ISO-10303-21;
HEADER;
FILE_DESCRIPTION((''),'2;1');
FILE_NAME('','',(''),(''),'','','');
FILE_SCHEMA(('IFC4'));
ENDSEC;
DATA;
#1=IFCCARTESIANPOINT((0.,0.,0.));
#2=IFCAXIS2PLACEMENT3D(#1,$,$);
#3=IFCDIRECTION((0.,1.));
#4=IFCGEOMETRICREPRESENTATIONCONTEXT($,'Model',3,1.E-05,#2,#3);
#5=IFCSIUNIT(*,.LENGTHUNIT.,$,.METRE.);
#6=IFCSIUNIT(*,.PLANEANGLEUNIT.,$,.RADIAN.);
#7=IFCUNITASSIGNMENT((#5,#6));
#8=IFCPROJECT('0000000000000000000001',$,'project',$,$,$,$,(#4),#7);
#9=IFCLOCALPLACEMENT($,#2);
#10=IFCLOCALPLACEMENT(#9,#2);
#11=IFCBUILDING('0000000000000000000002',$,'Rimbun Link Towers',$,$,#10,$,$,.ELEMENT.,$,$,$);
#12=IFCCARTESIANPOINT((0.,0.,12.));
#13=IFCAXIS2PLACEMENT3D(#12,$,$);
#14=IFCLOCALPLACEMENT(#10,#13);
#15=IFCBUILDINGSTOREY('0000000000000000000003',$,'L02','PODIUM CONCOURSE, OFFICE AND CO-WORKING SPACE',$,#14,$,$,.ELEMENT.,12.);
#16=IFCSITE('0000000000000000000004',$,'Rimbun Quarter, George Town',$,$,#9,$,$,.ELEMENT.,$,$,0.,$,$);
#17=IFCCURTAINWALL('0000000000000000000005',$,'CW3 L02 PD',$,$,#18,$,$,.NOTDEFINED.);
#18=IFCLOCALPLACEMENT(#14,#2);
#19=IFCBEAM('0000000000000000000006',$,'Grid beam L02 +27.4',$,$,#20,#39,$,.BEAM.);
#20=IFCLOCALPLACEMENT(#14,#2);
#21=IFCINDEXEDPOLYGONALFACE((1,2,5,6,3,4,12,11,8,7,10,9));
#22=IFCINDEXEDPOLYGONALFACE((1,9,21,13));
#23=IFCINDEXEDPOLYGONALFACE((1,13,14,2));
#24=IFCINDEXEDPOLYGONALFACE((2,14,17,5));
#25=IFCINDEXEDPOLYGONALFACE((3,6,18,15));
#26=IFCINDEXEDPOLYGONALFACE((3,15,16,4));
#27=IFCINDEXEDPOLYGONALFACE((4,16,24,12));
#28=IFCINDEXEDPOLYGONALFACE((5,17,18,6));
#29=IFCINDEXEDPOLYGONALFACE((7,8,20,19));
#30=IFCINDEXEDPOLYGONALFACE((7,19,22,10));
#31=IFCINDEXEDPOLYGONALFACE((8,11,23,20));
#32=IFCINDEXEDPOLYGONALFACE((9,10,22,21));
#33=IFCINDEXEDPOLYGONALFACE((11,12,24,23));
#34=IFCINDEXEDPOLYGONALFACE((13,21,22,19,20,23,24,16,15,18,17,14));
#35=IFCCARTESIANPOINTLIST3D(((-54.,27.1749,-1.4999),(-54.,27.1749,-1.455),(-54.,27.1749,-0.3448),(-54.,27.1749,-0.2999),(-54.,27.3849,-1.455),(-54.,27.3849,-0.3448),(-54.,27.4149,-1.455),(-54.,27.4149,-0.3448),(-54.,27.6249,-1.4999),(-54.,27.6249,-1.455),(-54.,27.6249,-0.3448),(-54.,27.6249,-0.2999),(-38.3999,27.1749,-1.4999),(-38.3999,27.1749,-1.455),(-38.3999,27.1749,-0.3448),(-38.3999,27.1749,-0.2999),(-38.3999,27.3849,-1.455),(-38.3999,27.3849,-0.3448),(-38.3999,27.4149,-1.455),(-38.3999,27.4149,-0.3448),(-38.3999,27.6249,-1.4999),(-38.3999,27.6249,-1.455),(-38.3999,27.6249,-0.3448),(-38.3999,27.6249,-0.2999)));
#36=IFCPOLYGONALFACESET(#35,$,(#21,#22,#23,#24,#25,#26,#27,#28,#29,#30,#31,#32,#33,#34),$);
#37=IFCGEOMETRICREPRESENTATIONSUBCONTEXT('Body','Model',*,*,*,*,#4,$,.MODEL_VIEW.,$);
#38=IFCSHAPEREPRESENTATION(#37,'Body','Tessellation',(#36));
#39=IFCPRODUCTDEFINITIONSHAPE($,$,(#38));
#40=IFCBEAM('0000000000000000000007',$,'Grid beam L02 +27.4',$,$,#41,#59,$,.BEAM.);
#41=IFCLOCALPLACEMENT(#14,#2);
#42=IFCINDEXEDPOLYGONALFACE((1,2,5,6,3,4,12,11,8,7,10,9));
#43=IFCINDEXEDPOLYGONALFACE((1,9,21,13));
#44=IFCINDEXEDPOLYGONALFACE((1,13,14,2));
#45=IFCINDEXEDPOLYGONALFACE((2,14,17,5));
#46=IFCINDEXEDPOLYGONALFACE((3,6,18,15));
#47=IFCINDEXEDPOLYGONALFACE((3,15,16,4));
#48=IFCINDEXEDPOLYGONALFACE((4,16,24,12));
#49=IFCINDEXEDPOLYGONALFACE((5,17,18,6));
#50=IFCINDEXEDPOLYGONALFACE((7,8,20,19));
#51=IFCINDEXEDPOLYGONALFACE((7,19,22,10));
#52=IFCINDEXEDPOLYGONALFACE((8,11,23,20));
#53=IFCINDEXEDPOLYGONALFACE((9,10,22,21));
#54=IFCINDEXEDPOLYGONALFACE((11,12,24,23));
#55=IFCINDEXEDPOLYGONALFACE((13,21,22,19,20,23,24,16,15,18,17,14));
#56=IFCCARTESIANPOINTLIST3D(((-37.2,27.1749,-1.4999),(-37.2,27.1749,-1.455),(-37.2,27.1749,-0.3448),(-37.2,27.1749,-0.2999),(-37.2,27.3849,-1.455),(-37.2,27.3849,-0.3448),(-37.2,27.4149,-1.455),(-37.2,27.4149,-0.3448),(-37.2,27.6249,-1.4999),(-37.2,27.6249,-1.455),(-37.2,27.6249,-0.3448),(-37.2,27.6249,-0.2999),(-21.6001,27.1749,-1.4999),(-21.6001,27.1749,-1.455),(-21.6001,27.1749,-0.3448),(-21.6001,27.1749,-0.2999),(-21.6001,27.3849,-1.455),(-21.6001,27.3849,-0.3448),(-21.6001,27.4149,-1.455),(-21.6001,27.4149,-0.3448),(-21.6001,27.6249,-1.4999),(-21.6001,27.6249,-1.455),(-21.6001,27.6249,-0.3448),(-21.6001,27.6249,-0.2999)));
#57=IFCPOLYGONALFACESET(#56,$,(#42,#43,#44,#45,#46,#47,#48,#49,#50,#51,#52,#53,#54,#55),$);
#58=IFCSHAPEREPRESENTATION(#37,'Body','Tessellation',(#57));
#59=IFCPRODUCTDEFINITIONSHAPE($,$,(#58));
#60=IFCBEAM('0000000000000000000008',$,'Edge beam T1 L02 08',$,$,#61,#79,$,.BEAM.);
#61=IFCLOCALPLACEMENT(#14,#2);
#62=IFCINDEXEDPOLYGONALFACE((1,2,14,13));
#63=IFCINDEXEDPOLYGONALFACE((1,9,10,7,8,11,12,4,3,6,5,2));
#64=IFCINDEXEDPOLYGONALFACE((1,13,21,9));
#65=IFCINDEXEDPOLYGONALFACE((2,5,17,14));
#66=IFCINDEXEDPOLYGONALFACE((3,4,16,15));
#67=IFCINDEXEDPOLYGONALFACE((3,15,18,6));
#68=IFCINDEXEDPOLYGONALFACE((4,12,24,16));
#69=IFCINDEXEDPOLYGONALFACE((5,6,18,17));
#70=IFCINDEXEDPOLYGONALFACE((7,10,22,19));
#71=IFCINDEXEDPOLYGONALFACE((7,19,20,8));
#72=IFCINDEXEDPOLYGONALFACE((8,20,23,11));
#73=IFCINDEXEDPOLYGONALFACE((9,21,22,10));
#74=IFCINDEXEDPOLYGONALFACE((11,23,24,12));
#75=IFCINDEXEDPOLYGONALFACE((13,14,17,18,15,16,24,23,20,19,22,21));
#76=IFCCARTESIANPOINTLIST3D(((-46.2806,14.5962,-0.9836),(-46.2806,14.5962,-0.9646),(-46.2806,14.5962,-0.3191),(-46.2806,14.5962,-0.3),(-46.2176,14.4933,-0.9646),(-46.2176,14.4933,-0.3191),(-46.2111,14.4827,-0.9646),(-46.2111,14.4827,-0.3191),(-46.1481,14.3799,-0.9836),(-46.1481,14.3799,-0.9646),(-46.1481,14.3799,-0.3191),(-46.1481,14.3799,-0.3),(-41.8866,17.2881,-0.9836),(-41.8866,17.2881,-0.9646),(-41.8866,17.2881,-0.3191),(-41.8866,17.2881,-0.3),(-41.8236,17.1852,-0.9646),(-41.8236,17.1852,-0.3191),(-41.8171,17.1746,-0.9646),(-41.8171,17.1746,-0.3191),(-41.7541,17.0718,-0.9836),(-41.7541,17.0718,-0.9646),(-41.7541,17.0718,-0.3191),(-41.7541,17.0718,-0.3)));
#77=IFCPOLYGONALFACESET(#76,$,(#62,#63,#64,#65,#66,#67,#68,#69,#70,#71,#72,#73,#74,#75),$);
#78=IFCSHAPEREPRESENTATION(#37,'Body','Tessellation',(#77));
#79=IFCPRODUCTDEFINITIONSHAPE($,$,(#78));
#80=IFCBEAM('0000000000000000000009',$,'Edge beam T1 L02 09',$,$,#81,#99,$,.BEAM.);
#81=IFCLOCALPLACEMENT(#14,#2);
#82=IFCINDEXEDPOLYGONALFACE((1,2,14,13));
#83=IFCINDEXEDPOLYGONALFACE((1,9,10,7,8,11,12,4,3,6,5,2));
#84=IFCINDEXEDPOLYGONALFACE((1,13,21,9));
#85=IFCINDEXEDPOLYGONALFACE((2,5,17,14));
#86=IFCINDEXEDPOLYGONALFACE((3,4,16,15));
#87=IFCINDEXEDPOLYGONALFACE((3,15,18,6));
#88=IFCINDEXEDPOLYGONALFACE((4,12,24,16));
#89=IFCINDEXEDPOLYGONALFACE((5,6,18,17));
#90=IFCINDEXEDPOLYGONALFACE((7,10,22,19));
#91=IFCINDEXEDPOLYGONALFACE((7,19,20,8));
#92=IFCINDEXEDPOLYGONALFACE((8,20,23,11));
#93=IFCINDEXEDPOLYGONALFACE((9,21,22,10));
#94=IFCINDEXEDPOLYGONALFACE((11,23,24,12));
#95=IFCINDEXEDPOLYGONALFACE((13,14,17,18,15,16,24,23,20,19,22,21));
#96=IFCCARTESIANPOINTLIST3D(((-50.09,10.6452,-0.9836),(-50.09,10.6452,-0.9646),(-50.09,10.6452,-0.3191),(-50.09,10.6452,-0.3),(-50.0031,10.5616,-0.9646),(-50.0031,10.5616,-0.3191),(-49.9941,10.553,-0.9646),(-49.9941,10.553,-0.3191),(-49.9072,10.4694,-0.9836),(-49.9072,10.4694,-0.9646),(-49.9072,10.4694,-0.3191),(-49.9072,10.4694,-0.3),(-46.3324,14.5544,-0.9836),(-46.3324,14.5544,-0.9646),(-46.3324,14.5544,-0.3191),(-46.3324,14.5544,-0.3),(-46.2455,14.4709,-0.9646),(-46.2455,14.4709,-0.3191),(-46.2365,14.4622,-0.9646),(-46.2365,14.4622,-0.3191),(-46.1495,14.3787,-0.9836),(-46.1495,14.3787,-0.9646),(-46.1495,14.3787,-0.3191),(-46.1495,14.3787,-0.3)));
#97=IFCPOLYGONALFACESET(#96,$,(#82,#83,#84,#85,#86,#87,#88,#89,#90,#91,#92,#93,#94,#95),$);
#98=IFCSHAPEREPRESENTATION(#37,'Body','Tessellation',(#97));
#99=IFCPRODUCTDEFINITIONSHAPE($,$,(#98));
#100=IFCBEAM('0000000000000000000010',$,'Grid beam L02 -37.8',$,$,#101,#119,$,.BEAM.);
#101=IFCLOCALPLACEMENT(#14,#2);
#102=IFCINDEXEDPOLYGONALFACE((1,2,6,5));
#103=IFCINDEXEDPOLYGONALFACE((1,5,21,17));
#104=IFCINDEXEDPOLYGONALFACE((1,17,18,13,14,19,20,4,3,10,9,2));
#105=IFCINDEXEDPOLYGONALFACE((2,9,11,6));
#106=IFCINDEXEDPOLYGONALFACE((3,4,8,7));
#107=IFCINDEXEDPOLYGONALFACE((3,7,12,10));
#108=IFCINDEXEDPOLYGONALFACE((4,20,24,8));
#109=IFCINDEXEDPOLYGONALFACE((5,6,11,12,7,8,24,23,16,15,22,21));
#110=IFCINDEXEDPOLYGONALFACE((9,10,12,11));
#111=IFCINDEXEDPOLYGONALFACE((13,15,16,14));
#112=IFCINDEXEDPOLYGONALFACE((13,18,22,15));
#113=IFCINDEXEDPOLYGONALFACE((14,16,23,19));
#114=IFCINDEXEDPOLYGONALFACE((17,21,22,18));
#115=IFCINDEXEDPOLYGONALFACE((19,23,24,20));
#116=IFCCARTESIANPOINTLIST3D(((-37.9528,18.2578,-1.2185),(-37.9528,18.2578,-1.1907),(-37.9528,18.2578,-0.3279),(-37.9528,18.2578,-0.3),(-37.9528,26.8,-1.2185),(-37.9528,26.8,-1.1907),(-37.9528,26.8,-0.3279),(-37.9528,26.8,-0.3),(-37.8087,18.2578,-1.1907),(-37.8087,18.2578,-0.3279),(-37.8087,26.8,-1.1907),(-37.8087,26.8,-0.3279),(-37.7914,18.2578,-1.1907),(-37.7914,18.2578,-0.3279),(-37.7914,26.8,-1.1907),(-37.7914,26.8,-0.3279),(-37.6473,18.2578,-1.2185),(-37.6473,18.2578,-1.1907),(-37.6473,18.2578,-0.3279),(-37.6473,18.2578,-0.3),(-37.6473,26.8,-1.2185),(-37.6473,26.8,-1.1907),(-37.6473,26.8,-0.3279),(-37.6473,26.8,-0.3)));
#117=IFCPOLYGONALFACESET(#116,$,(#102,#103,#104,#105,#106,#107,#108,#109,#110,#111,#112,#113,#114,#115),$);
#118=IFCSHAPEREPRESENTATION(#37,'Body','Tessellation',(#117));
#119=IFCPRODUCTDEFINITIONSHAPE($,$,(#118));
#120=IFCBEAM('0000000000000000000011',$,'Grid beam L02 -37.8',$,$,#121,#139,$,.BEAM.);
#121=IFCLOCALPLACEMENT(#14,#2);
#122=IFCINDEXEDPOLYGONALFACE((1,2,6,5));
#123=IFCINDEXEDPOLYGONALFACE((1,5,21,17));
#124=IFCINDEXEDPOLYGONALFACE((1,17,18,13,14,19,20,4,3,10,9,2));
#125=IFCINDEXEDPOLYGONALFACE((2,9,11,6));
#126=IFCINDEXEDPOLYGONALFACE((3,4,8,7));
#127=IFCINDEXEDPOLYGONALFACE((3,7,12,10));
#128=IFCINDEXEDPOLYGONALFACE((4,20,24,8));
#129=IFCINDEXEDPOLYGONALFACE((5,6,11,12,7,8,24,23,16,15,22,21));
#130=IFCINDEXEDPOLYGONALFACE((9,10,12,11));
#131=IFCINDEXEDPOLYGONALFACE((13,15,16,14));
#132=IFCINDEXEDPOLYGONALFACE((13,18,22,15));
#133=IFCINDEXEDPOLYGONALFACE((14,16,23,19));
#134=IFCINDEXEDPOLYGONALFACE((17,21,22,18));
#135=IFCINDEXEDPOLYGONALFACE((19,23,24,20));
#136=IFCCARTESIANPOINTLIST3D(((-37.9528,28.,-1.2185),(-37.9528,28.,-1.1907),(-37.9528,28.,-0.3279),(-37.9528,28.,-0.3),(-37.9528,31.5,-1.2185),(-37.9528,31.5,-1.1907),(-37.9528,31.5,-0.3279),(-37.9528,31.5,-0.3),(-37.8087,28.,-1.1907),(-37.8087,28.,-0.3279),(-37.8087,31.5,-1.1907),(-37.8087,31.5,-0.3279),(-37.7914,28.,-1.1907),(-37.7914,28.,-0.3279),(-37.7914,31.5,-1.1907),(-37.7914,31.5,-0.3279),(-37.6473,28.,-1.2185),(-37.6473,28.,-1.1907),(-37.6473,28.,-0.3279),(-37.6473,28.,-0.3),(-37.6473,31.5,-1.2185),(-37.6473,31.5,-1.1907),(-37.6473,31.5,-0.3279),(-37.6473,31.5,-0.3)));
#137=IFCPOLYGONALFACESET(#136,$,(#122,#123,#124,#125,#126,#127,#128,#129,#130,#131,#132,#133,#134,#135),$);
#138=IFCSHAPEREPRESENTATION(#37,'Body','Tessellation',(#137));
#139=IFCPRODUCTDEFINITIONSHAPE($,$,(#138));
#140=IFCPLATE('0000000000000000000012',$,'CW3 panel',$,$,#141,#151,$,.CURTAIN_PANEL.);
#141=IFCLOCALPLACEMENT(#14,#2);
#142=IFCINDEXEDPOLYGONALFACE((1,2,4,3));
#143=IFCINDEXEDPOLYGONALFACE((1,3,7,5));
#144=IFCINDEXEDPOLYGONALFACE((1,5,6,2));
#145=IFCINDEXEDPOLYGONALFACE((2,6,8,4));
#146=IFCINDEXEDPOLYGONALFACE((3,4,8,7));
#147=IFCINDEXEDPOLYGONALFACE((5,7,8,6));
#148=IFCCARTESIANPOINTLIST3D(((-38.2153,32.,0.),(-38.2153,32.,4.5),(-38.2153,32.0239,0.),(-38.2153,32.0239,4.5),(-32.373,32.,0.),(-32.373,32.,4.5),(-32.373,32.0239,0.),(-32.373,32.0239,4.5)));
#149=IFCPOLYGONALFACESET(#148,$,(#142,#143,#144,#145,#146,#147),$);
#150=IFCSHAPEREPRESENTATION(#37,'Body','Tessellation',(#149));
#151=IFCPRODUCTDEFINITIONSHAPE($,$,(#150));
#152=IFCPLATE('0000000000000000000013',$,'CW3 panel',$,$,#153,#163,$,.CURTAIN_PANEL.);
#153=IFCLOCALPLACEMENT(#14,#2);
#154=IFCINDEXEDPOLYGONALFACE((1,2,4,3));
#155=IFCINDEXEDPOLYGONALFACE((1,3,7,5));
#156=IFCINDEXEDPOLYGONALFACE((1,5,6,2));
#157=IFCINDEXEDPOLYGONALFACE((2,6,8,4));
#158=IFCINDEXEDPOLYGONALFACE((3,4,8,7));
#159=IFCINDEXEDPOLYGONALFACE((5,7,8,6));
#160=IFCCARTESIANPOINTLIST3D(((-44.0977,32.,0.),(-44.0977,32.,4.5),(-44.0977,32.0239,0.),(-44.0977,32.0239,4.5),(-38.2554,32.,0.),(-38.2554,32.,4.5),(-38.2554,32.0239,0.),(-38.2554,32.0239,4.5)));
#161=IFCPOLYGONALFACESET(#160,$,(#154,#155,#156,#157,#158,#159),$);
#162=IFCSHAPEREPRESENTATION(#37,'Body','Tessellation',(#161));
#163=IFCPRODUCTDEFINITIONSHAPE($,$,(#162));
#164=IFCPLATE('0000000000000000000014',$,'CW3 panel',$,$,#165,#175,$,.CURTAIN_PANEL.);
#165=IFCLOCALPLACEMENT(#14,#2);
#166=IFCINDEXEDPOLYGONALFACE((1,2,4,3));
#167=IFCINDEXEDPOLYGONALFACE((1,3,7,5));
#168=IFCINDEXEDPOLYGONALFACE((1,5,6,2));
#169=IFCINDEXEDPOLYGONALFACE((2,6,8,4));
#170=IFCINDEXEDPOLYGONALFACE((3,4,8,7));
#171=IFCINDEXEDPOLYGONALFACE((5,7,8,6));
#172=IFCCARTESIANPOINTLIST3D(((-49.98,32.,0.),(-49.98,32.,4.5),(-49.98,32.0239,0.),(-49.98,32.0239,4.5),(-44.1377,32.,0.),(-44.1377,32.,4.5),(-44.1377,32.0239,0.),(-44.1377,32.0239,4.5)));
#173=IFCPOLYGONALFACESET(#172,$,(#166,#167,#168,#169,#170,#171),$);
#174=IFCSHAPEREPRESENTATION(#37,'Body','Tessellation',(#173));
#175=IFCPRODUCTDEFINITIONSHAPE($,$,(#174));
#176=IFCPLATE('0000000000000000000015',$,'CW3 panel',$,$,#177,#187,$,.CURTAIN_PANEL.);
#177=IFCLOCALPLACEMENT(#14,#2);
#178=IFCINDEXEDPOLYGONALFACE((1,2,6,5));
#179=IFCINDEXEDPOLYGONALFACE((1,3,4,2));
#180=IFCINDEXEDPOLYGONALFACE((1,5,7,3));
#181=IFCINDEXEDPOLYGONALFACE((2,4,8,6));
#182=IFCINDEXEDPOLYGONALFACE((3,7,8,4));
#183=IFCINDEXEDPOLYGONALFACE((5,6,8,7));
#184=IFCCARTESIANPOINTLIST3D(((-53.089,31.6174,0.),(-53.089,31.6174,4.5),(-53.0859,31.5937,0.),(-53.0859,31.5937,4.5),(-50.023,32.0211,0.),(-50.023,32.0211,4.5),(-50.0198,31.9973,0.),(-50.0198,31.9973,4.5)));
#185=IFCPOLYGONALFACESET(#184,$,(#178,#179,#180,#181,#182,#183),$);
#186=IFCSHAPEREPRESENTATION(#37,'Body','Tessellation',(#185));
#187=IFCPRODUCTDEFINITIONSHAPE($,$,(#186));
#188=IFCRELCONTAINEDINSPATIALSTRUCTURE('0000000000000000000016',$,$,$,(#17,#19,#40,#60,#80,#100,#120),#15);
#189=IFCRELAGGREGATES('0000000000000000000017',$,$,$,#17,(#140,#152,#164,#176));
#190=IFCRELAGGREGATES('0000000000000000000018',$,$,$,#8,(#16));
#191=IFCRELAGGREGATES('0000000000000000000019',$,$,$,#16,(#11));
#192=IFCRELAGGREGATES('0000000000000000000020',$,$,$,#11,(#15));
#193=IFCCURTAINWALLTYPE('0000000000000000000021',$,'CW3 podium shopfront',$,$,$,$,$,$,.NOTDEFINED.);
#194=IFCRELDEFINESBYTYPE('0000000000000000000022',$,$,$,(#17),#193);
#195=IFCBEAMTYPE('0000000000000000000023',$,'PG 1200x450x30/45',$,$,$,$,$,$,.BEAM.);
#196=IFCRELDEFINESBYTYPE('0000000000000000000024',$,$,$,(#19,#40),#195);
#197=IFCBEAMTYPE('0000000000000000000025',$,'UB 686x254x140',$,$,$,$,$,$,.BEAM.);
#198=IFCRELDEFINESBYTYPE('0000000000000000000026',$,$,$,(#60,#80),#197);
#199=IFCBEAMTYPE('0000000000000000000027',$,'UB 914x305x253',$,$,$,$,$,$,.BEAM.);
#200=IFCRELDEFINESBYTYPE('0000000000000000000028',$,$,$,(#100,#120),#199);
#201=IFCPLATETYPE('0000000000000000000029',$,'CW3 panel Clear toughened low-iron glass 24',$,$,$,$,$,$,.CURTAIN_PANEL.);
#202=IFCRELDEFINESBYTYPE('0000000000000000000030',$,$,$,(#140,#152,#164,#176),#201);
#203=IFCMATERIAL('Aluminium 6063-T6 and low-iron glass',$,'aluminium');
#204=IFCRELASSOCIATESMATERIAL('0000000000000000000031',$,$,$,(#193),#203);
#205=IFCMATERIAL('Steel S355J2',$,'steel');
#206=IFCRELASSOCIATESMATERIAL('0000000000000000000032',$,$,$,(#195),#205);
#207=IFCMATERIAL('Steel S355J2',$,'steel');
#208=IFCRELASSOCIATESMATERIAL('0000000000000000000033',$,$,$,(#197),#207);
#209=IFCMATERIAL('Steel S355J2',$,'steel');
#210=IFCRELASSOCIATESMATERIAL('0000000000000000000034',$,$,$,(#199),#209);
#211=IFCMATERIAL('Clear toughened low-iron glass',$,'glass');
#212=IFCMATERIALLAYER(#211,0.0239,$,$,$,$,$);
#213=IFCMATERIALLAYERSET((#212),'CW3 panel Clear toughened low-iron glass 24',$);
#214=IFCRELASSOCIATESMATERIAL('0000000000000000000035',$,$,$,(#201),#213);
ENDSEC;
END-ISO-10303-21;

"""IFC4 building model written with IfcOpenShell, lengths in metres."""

from ifc_helpers import new_model, si_unit, direction, frame, origin, origin_2d, place, context, subcontext, project, spatial, rectangle, i_section, extrude, material, layer, layer_set, material_profile, profile_set, type_object, element, aggregate, save


model = new_model("IFC4")

# Units and contexts
model_context = context("Model", 3, precision=1e-05, world=origin(), true_north=direction((0.0, 1.0)))
body_context = subcontext(model_context, "Body", "Model", "MODEL_VIEW")
ifc_project = project(units=[si_unit("LENGTHUNIT", "METRE"), si_unit("PLANEANGLEUNIT", "RADIAN")], contexts=[model_context])

# Site, building, storey
site_placement = place(None, origin())
site = spatial("IfcSite", under=ifc_project, at=site_placement, Name="Rimbun Quarter, George Town", CompositionType="ELEMENT", RefElevation=0.0)
building_placement = place(site_placement, origin())
building = spatial("IfcBuilding", under=site, at=building_placement, Name="Rimbun Link Towers", CompositionType="ELEMENT")
storey_placement = place(building_placement, frame((0.0, 0.0, 12.0)))
storey = spatial("IfcBuildingStorey", under=building, at=storey_placement, Name="L02", Description="PODIUM CONCOURSE, OFFICE AND CO-WORKING SPACE", CompositionType="ELEMENT", Elevation=12.0)

# Curtain wall
ifc_material_1 = material(Name="Aluminium 6063-T6 and low-iron glass", Category="aluminium")
curtain_wall_type = type_object("IfcCurtainWallType", Name="CW3 podium shopfront", PredefinedType="NOTDEFINED", material=ifc_material_1)
curtain_wall_placement = place(storey_placement, origin())
curtain_wall = element("IfcCurtainWall", 1, at=curtain_wall_placement, inside=storey, type_object=curtain_wall_type, Name="CW3 L02 PD", PredefinedType="NOTDEFINED")

# Beams
ifc_material_2 = material(Name="Steel S355J2", Category="steel")
ifc_material_profile_1 = material_profile(ifc_material_2, i_section(OverallWidth=0.45, OverallDepth=1.2, WebThickness=0.03, FlangeThickness=0.0449, at=origin_2d()), Name="PG 1200x450x30/45")
ifc_profile_set_1 = profile_set([ifc_material_profile_1], Name="Steel S355J2")
beam_type_1 = type_object("IfcBeamType", Name="PG 1200x450x30/45", PredefinedType="BEAM", material=ifc_profile_set_1)
beam_1_placement = place(storey_placement, frame((-54.0, 27.3999, -0.8999), z_axis=(1.0, 0.0, 0.0), x_axis=(0.0, 1.0, 0.0)))
element("IfcBeam", 2, at=beam_1_placement, inside=storey, type_object=beam_type_1, Name="Grid beam L02 +27.4", PredefinedType="BEAM", context=body_context, shape_type="SweptSolid", body=[
    extrude(i_section(OverallWidth=0.45, OverallDepth=1.2, WebThickness=0.03, FlangeThickness=0.0449, at=origin_2d()), origin(), (0.0, 0.0, 1.0), 15.6001),
])
beam_2_placement = place(storey_placement, frame((-37.2, 27.3999, -0.8999), z_axis=(1.0, 0.0, 0.0), x_axis=(0.0, 1.0, 0.0)))
element("IfcBeam", 3, at=beam_2_placement, inside=storey, type_object=beam_type_1, Name="Grid beam L02 +27.4", PredefinedType="BEAM", context=body_context, shape_type="SweptSolid", body=[
    extrude(i_section(OverallWidth=0.45, OverallDepth=1.2, WebThickness=0.03, FlangeThickness=0.0449, at=origin_2d()), origin(), (0.0, 0.0, 1.0), 15.5999),
])
ifc_material_3 = material(Name="Steel S355J2", Category="steel")
ifc_material_profile_2 = material_profile(ifc_material_3, i_section(OverallWidth=0.2537, OverallDepth=0.6836, WebThickness=0.0125, FlangeThickness=0.019, at=origin_2d()), Name="UB 686x254x140")
ifc_profile_set_2 = profile_set([ifc_material_profile_2], Name="Steel S355J2")
beam_type_2 = type_object("IfcBeamType", Name="UB 686x254x140", PredefinedType="BEAM", material=ifc_profile_set_2)
beam_3_placement = place(storey_placement, frame((-41.8203, 17.1799, -0.6418), z_axis=(-0.852707, -0.522389, 0.0), x_axis=(0.522389, -0.852707, 0.0)))
element("IfcBeam", 4, at=beam_3_placement, inside=storey, type_object=beam_type_2, Name="Edge beam T1 L02 08", PredefinedType="BEAM", context=body_context, shape_type="SweptSolid", body=[
    extrude(i_section(OverallWidth=0.2537, OverallDepth=0.6836, WebThickness=0.0125, FlangeThickness=0.019, at=origin_2d()), origin(), (0.0, 0.0, 1.0), 5.1531),
])
beam_4_placement = place(storey_placement, frame((-46.241, 14.4666, -0.6418), z_axis=(-0.692988, -0.720949, 0.0), x_axis=(0.720949, -0.692988, 0.0)))
element("IfcBeam", 5, at=beam_4_placement, inside=storey, type_object=beam_type_2, Name="Edge beam T1 L02 09", PredefinedType="BEAM", context=body_context, shape_type="SweptSolid", body=[
    extrude(i_section(OverallWidth=0.2537, OverallDepth=0.6836, WebThickness=0.0125, FlangeThickness=0.019, at=origin_2d()), origin(), (0.0, 0.0, 1.0), 5.4224),
])
ifc_material_4 = material(Name="Steel S355J2", Category="steel")
ifc_material_profile_3 = material_profile(ifc_material_4, i_section(OverallWidth=0.3054, OverallDepth=0.9185, WebThickness=0.0173, FlangeThickness=0.0278, at=origin_2d()), Name="UB 914x305x253")
ifc_profile_set_3 = profile_set([ifc_material_profile_3], Name="Steel S355J2")
beam_type_3 = type_object("IfcBeamType", Name="UB 914x305x253", PredefinedType="BEAM", material=ifc_profile_set_3)
beam_5_placement = place(storey_placement, frame((-37.8, 18.2578, -0.7593), z_axis=(0.0, 1.0, 0.0), x_axis=(-1.0, 0.0, 0.0)))
element("IfcBeam", 6, at=beam_5_placement, inside=storey, type_object=beam_type_3, Name="Grid beam L02 -37.8", PredefinedType="BEAM", context=body_context, shape_type="SweptSolid", body=[
    extrude(i_section(OverallWidth=0.3054, OverallDepth=0.9185, WebThickness=0.0173, FlangeThickness=0.0278, at=origin_2d()), origin(), (0.0, 0.0, 1.0), 8.5422),
])
beam_6_placement = place(storey_placement, frame((-37.8, 28.0, -0.7593), z_axis=(0.0, 1.0, 0.0), x_axis=(-1.0, 0.0, 0.0)))
element("IfcBeam", 7, at=beam_6_placement, inside=storey, type_object=beam_type_3, Name="Grid beam L02 -37.8", PredefinedType="BEAM", context=body_context, shape_type="SweptSolid", body=[
    extrude(i_section(OverallWidth=0.3054, OverallDepth=0.9185, WebThickness=0.0173, FlangeThickness=0.0278, at=origin_2d()), origin(), (0.0, 0.0, 1.0), 3.5),
])

# Plates
ifc_material_5 = material(Name="Clear toughened low-iron glass", Category="glass")
ifc_layer = layer(ifc_material_5, 0.0239)
ifc_layer_set = layer_set([ifc_layer], Name="CW3 panel Clear toughened low-iron glass 24")
plate_type = type_object("IfcPlateType", Name="CW3 panel Clear toughened low-iron glass 24", PredefinedType="CURTAIN_PANEL", material=ifc_layer_set)
plate_1_placement = place(storey_placement, frame((-35.2942, 32.012, 0.0), z_axis=(0.0, 0.0, 1.0), x_axis=(1.0, 0.0, 0.0)))
plate_1 = element("IfcPlate", 8, at=plate_1_placement, type_object=plate_type, Name="CW3 panel", PredefinedType="CURTAIN_PANEL", context=body_context, shape_type="SweptSolid", body=[
    extrude(rectangle(XDim=5.8423, YDim=0.0239, at=origin_2d()), origin(), (0.0, 0.0, 1.0), 4.5),
])
plate_2_placement = place(storey_placement, frame((-41.1765, 32.012, 0.0), z_axis=(0.0, 0.0, 1.0), x_axis=(1.0, 0.0, 0.0)))
plate_2 = element("IfcPlate", 9, at=plate_2_placement, type_object=plate_type, Name="CW3 panel", PredefinedType="CURTAIN_PANEL", context=body_context, shape_type="SweptSolid", body=[
    extrude(rectangle(XDim=5.8423, YDim=0.0239, at=origin_2d()), origin(), (0.0, 0.0, 1.0), 4.5),
])
plate_3_placement = place(storey_placement, frame((-47.0588, 32.012, 0.0), z_axis=(0.0, 0.0, 1.0), x_axis=(1.0, 0.0, 0.0)))
plate_3 = element("IfcPlate", 10, at=plate_3_placement, type_object=plate_type, Name="CW3 panel", PredefinedType="CURTAIN_PANEL", context=body_context, shape_type="SweptSolid", body=[
    extrude(rectangle(XDim=5.8423, YDim=0.0239, at=origin_2d()), origin(), (0.0, 0.0, 1.0), 4.5),
])
plate_4_placement = place(storey_placement, frame((-51.5544, 31.8074, 0.0), z_axis=(0.0, 0.0, 1.0), x_axis=(0.991444, 0.13053, 0.0)))
plate_4 = element("IfcPlate", 11, at=plate_4_placement, type_object=plate_type, Name="CW3 panel", PredefinedType="CURTAIN_PANEL", context=body_context, shape_type="SweptSolid", body=[
    extrude(rectangle(XDim=3.0925, YDim=0.0239, at=origin_2d()), origin(), (0.0, 0.0, 1.0), 4.5),
])
aggregate(curtain_wall, [plate_1, plate_2, plate_3, plate_4])

save(model, "model.ifc")
